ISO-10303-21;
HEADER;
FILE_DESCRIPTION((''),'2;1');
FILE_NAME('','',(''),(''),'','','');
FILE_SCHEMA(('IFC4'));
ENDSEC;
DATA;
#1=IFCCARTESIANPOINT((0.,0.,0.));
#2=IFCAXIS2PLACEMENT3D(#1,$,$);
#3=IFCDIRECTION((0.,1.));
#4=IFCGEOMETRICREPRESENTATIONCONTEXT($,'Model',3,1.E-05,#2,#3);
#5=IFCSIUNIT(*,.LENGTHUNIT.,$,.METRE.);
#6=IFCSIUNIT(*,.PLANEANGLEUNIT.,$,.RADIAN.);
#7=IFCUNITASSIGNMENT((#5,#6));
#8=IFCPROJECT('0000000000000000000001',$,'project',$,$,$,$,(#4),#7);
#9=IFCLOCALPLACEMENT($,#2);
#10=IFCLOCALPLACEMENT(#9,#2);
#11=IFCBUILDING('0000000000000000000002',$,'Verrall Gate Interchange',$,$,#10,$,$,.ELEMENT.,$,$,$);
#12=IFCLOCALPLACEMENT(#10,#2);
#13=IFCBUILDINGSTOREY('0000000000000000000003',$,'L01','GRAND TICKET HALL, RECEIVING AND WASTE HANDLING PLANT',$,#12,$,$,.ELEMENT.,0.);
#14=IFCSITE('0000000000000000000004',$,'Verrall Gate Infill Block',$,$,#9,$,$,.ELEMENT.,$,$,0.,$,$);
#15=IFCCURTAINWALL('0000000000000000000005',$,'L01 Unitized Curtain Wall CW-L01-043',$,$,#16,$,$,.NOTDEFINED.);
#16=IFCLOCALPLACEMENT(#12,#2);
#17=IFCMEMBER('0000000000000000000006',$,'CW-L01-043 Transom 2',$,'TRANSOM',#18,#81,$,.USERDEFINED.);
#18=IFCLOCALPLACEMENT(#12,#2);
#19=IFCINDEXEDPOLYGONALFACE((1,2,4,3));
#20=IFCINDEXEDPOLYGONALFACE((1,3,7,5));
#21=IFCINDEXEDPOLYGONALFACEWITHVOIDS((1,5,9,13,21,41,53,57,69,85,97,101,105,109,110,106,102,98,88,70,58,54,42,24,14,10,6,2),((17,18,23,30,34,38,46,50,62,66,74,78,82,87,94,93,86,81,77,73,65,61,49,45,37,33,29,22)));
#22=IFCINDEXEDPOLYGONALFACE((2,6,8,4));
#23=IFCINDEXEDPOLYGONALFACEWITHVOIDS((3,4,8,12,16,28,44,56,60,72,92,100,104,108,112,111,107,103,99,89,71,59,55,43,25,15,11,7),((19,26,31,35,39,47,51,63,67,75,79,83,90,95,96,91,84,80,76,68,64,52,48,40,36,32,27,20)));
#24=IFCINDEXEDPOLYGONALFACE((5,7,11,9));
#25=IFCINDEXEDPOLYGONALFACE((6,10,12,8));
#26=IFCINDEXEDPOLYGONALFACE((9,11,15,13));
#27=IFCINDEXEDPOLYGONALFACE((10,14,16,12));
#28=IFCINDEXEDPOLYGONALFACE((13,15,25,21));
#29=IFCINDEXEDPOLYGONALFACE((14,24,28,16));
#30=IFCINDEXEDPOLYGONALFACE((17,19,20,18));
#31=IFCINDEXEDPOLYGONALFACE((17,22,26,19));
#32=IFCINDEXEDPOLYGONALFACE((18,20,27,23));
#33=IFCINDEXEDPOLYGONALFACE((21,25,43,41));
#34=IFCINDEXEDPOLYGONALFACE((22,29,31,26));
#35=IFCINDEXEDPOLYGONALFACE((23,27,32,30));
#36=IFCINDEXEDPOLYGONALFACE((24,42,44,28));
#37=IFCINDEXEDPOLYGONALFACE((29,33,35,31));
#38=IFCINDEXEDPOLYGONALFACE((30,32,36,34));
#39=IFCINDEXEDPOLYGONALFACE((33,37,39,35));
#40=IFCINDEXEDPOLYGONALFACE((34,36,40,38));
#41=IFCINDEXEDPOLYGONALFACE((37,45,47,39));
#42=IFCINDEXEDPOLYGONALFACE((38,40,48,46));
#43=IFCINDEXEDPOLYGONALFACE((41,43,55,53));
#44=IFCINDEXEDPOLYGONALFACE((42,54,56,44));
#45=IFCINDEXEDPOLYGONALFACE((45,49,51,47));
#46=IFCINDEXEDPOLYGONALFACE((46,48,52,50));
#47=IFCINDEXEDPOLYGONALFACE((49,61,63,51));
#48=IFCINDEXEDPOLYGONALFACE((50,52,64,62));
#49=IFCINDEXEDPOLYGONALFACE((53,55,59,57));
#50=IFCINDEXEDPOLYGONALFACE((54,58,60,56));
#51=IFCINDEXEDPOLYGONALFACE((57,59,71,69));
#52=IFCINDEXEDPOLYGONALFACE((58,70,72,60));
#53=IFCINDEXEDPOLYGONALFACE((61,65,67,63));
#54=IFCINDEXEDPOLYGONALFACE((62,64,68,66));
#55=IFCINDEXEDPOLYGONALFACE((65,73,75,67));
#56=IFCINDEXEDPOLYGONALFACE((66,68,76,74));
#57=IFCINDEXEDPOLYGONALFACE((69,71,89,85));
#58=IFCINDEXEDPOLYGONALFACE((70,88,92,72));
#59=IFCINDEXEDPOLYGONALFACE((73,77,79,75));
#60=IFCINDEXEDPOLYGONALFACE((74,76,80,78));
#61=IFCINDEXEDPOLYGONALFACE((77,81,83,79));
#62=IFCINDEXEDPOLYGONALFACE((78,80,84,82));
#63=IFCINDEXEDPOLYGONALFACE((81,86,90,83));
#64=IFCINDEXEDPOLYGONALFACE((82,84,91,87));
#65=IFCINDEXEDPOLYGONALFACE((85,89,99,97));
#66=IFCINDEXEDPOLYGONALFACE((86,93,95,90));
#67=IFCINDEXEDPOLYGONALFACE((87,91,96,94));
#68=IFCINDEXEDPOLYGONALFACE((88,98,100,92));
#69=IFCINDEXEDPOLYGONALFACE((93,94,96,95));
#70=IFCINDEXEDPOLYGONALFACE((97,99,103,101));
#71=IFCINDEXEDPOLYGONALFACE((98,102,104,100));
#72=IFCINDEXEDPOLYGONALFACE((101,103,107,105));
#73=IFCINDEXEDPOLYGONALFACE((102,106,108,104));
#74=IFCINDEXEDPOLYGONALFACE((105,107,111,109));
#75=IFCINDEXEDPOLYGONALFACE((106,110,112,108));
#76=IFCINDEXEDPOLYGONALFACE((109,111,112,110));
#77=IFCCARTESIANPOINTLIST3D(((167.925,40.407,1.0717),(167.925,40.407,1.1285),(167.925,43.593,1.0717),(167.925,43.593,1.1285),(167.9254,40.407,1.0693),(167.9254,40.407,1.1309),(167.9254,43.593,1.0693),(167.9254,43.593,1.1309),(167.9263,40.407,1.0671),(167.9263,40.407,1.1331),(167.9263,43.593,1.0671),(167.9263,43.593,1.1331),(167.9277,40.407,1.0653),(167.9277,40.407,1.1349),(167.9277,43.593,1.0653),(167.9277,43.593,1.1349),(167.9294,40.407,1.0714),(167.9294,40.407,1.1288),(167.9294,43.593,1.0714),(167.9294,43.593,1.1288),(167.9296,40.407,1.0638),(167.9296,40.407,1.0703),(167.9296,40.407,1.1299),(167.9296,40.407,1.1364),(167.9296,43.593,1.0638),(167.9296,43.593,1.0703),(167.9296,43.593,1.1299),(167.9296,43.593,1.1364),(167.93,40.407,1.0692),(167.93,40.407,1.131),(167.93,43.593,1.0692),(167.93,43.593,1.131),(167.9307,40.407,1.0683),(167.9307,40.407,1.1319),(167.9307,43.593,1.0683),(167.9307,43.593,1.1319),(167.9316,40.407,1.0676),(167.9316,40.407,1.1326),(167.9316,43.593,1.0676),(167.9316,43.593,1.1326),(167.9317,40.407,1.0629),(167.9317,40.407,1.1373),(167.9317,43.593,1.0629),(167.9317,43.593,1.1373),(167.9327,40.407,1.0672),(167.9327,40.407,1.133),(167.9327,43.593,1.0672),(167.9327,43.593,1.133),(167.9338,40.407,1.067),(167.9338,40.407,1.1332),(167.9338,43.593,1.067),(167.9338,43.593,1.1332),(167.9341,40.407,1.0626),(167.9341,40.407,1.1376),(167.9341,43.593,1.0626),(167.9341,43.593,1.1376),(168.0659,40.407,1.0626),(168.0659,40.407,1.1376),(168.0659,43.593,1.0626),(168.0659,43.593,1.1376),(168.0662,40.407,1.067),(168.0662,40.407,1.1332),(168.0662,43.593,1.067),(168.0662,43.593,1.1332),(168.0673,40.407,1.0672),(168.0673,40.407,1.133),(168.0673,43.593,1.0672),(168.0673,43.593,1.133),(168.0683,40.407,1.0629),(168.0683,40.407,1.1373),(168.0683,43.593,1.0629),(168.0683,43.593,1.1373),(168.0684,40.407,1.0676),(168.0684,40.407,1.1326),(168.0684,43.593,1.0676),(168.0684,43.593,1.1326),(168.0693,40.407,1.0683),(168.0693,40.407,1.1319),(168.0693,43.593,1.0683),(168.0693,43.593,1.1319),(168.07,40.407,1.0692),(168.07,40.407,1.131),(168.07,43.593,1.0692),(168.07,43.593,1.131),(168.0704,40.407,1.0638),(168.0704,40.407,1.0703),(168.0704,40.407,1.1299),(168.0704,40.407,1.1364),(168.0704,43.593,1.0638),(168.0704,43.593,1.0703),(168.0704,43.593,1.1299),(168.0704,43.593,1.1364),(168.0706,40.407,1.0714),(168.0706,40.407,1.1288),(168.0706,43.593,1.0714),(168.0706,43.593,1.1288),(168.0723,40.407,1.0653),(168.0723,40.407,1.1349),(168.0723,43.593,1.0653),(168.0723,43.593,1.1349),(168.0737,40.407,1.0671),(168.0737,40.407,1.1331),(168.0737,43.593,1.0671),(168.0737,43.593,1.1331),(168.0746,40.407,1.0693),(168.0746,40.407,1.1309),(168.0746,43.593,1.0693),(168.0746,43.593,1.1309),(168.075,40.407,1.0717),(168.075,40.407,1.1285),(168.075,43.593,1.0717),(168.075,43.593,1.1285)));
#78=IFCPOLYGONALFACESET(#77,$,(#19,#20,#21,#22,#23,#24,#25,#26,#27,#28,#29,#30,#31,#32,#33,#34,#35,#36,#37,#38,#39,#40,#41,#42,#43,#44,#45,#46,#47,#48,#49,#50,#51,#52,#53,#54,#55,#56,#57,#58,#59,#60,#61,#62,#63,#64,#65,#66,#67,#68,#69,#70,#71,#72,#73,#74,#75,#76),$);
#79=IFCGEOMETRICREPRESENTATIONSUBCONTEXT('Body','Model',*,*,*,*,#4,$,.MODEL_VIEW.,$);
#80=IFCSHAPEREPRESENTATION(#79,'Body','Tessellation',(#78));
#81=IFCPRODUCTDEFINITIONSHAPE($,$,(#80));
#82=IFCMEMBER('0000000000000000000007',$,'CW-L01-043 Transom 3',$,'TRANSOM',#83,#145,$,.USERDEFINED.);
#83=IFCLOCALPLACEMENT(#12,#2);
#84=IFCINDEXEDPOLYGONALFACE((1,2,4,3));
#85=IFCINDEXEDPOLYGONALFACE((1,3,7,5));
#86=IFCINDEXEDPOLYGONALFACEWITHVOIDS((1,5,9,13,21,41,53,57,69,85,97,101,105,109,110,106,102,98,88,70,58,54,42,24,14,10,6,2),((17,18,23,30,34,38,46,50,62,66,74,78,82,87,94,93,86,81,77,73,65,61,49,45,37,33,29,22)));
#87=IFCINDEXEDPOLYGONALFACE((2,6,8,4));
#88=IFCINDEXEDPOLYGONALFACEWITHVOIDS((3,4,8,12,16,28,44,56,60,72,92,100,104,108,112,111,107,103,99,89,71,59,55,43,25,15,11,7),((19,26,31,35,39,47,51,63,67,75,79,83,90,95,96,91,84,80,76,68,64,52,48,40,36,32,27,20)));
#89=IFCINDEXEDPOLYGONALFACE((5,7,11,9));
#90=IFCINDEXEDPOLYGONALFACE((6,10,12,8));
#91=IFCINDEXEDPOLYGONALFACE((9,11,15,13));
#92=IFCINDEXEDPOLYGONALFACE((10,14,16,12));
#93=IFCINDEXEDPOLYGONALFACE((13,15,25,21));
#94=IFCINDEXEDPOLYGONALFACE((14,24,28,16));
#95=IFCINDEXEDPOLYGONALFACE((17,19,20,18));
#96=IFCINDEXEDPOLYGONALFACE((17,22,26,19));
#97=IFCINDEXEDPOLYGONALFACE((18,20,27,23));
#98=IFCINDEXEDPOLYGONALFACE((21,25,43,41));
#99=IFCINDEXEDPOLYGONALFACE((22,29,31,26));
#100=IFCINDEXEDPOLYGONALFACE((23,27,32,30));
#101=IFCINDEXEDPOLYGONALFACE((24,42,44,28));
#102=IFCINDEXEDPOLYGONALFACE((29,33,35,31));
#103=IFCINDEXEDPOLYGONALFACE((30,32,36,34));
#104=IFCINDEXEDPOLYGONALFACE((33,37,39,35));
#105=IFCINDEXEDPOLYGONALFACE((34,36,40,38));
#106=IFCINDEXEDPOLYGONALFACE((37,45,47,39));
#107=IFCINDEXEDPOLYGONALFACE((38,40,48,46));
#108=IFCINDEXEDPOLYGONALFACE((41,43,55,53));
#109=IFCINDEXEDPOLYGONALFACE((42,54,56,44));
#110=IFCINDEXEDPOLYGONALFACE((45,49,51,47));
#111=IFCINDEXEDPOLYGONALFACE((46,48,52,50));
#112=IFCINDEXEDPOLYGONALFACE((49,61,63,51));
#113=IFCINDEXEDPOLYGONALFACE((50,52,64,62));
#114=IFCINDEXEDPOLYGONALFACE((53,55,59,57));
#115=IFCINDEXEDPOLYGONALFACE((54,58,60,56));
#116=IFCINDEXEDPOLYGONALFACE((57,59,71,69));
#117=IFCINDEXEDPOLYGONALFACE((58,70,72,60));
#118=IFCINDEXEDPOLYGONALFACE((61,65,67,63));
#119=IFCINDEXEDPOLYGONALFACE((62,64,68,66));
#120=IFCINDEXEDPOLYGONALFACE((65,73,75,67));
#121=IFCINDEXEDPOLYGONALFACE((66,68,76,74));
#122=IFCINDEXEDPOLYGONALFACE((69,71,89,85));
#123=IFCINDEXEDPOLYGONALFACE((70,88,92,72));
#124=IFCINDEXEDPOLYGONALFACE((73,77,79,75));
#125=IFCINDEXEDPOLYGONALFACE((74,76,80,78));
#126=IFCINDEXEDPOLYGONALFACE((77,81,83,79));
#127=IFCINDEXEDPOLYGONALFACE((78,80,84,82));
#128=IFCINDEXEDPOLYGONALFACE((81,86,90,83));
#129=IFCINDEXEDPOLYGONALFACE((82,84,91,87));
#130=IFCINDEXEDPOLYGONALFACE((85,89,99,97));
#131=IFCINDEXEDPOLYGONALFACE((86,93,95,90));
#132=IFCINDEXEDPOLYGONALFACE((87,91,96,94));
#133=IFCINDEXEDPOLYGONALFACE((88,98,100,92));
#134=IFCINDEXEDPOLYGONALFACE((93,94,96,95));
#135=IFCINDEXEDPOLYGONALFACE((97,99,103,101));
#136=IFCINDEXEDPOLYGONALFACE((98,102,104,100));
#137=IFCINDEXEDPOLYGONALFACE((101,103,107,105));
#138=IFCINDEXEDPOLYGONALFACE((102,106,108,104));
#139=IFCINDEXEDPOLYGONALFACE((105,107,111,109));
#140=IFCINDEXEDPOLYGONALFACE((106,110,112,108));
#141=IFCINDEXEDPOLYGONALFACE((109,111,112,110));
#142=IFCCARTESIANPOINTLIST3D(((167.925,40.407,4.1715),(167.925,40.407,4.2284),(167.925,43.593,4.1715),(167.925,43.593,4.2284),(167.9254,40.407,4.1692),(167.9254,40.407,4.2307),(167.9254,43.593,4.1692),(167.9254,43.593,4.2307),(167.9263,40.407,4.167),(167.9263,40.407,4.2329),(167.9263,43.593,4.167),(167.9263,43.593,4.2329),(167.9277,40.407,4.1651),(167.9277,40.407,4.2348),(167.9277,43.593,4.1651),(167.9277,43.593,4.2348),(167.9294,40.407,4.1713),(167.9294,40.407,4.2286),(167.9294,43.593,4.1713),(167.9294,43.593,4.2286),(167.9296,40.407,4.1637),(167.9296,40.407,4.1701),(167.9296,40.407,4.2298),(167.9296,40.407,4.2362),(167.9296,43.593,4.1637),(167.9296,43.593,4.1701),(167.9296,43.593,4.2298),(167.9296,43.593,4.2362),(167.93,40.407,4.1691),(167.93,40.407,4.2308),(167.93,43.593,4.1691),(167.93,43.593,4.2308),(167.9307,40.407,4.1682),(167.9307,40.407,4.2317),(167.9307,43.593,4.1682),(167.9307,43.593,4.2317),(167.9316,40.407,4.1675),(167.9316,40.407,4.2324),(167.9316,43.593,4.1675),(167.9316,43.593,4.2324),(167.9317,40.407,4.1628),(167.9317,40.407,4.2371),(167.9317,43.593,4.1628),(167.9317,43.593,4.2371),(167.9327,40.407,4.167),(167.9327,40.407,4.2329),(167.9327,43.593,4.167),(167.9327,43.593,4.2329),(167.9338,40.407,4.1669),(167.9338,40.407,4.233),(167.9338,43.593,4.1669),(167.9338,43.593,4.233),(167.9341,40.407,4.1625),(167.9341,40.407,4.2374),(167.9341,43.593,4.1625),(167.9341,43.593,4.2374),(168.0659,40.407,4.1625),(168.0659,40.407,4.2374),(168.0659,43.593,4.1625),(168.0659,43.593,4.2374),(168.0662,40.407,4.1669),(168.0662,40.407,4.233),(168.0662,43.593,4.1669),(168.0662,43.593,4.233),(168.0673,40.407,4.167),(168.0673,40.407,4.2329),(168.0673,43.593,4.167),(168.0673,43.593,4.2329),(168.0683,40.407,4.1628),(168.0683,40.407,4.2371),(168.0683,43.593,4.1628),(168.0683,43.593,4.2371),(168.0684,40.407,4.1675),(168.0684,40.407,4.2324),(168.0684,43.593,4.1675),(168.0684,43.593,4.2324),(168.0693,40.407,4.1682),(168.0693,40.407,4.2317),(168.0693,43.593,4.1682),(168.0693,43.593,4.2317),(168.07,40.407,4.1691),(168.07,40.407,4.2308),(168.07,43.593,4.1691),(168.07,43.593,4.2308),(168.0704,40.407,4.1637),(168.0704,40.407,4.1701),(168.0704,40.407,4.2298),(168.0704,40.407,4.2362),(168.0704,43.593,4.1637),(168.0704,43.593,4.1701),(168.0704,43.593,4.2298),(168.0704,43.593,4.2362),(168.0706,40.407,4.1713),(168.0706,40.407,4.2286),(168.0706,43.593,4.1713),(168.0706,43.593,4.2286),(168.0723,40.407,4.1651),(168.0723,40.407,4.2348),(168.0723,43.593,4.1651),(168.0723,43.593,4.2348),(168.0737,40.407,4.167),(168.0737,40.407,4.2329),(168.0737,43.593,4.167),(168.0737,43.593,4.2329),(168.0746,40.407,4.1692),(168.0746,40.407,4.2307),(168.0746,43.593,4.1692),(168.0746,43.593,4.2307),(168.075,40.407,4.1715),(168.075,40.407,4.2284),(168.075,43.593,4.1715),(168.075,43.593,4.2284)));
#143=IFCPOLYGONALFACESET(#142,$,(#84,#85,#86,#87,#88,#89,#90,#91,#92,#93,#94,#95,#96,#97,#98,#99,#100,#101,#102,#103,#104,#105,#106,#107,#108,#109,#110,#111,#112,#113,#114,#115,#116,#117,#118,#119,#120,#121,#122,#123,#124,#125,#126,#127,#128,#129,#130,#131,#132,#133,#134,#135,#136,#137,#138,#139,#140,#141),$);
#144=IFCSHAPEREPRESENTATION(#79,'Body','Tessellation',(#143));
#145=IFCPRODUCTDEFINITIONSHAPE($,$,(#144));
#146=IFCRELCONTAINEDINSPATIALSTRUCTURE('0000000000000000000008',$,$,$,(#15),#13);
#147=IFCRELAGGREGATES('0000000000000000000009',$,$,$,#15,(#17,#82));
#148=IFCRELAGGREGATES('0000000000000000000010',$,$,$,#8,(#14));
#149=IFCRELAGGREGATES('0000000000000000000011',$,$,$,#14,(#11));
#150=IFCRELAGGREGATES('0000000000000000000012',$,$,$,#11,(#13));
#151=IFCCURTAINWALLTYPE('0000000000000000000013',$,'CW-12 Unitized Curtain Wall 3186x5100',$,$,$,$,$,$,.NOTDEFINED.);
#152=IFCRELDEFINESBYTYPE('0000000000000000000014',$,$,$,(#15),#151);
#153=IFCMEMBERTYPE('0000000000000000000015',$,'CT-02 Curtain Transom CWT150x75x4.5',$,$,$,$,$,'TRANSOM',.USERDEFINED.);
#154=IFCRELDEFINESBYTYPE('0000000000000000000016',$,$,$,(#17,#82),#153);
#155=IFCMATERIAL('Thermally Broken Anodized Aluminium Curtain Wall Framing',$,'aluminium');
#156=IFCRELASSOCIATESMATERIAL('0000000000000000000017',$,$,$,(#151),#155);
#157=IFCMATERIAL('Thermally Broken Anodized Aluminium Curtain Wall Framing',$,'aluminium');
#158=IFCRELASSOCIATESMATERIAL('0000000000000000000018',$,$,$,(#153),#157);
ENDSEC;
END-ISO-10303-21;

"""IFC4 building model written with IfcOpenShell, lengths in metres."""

from ifc_helpers import new_model, si_unit, direction, frame, origin, origin_2d, place, context, subcontext, project, spatial, hollow_rectangle, extrude, material, material_profile, profile_set, type_object, element, aggregate, save


model = new_model("IFC4")

# Units and contexts
model_context = context("Model", 3, precision=1e-05, world=origin(), true_north=direction((0.0, 1.0)))
body_context = subcontext(model_context, "Body", "Model", "MODEL_VIEW")
ifc_project = project(units=[si_unit("LENGTHUNIT", "METRE"), si_unit("PLANEANGLEUNIT", "RADIAN")], contexts=[model_context])

# Site, building, storey
site_placement = place(None, origin())
site = spatial("IfcSite", under=ifc_project, at=site_placement, Name="Verrall Gate Infill Block", CompositionType="ELEMENT", RefElevation=0.0)
building_placement = place(site_placement, origin())
building = spatial("IfcBuilding", under=site, at=building_placement, Name="Verrall Gate Interchange", CompositionType="ELEMENT")
storey_placement = place(building_placement, origin())
storey = spatial("IfcBuildingStorey", under=building, at=storey_placement, Name="L01", Description="GRAND TICKET HALL, RECEIVING AND WASTE HANDLING PLANT", CompositionType="ELEMENT", Elevation=0.0)

# Curtain wall
ifc_material_1 = material(Name="Thermally Broken Anodized Aluminium Curtain Wall Framing", Category="aluminium")
curtain_wall_type_1 = type_object("IfcCurtainWallType", Name="CW-12 Unitized Curtain Wall 3186x5100", PredefinedType="NOTDEFINED", material=ifc_material_1)
curtain_wall_1_placement = place(storey_placement, origin())
curtain_wall_1 = element("IfcCurtainWall", 1, at=curtain_wall_1_placement, inside=storey, type_object=curtain_wall_type_1, Name="L01 Unitized Curtain Wall CW-L01-043", PredefinedType="NOTDEFINED")

# Members
ifc_material_2 = material(Name="Thermally Broken Anodized Aluminium Curtain Wall Framing", Category="aluminium")
ifc_material_profile_1 = material_profile(ifc_material_2, hollow_rectangle(XDim=0.1499, YDim=0.075, WallThickness=0.0044, InnerFilletRadius=0.0044, OuterFilletRadius=0.009, at=origin_2d()), Name="CWT150x75x4.5")
ifc_profile_set_1 = profile_set([ifc_material_profile_1], Name="Thermally Broken Anodized Aluminium Curtain Wall Framing")
member_type_1 = type_object("IfcMemberType", Name="CT-02 Curtain Transom CWT150x75x4.5", ElementType="TRANSOM", PredefinedType="USERDEFINED", material=ifc_profile_set_1)
member_1_placement = place(storey_placement, frame((168.0, 40.407, 1.1001), z_axis=(0.0, 1.0, 0.0), x_axis=(-1.0, 0.0, 0.0)))
member_1 = element("IfcMember", 2, at=member_1_placement, type_object=member_type_1, Name="CW-L01-043 Transom 2", ObjectType="TRANSOM", PredefinedType="USERDEFINED", context=body_context, shape_type="SweptSolid", body=[
    extrude(hollow_rectangle(XDim=0.1499, YDim=0.075, WallThickness=0.0044, InnerFilletRadius=0.0044, OuterFilletRadius=0.009, at=origin_2d()), origin(), (0.0, 0.0, 1.0), 3.186),
])
member_2_placement = place(storey_placement, frame((168.0, 40.407, 4.2), z_axis=(0.0, 1.0, 0.0), x_axis=(-1.0, 0.0, 0.0)))
member_2 = element("IfcMember", 3, at=member_2_placement, type_object=member_type_1, Name="CW-L01-043 Transom 3", ObjectType="TRANSOM", PredefinedType="USERDEFINED", context=body_context, shape_type="SweptSolid", body=[
    extrude(hollow_rectangle(XDim=0.1499, YDim=0.075, WallThickness=0.0044, InnerFilletRadius=0.0044, OuterFilletRadius=0.009, at=origin_2d()), origin(), (0.0, 0.0, 1.0), 3.186),
])

aggregate(curtain_wall_1, [member_1, member_2])

save(model, "model.ifc")
